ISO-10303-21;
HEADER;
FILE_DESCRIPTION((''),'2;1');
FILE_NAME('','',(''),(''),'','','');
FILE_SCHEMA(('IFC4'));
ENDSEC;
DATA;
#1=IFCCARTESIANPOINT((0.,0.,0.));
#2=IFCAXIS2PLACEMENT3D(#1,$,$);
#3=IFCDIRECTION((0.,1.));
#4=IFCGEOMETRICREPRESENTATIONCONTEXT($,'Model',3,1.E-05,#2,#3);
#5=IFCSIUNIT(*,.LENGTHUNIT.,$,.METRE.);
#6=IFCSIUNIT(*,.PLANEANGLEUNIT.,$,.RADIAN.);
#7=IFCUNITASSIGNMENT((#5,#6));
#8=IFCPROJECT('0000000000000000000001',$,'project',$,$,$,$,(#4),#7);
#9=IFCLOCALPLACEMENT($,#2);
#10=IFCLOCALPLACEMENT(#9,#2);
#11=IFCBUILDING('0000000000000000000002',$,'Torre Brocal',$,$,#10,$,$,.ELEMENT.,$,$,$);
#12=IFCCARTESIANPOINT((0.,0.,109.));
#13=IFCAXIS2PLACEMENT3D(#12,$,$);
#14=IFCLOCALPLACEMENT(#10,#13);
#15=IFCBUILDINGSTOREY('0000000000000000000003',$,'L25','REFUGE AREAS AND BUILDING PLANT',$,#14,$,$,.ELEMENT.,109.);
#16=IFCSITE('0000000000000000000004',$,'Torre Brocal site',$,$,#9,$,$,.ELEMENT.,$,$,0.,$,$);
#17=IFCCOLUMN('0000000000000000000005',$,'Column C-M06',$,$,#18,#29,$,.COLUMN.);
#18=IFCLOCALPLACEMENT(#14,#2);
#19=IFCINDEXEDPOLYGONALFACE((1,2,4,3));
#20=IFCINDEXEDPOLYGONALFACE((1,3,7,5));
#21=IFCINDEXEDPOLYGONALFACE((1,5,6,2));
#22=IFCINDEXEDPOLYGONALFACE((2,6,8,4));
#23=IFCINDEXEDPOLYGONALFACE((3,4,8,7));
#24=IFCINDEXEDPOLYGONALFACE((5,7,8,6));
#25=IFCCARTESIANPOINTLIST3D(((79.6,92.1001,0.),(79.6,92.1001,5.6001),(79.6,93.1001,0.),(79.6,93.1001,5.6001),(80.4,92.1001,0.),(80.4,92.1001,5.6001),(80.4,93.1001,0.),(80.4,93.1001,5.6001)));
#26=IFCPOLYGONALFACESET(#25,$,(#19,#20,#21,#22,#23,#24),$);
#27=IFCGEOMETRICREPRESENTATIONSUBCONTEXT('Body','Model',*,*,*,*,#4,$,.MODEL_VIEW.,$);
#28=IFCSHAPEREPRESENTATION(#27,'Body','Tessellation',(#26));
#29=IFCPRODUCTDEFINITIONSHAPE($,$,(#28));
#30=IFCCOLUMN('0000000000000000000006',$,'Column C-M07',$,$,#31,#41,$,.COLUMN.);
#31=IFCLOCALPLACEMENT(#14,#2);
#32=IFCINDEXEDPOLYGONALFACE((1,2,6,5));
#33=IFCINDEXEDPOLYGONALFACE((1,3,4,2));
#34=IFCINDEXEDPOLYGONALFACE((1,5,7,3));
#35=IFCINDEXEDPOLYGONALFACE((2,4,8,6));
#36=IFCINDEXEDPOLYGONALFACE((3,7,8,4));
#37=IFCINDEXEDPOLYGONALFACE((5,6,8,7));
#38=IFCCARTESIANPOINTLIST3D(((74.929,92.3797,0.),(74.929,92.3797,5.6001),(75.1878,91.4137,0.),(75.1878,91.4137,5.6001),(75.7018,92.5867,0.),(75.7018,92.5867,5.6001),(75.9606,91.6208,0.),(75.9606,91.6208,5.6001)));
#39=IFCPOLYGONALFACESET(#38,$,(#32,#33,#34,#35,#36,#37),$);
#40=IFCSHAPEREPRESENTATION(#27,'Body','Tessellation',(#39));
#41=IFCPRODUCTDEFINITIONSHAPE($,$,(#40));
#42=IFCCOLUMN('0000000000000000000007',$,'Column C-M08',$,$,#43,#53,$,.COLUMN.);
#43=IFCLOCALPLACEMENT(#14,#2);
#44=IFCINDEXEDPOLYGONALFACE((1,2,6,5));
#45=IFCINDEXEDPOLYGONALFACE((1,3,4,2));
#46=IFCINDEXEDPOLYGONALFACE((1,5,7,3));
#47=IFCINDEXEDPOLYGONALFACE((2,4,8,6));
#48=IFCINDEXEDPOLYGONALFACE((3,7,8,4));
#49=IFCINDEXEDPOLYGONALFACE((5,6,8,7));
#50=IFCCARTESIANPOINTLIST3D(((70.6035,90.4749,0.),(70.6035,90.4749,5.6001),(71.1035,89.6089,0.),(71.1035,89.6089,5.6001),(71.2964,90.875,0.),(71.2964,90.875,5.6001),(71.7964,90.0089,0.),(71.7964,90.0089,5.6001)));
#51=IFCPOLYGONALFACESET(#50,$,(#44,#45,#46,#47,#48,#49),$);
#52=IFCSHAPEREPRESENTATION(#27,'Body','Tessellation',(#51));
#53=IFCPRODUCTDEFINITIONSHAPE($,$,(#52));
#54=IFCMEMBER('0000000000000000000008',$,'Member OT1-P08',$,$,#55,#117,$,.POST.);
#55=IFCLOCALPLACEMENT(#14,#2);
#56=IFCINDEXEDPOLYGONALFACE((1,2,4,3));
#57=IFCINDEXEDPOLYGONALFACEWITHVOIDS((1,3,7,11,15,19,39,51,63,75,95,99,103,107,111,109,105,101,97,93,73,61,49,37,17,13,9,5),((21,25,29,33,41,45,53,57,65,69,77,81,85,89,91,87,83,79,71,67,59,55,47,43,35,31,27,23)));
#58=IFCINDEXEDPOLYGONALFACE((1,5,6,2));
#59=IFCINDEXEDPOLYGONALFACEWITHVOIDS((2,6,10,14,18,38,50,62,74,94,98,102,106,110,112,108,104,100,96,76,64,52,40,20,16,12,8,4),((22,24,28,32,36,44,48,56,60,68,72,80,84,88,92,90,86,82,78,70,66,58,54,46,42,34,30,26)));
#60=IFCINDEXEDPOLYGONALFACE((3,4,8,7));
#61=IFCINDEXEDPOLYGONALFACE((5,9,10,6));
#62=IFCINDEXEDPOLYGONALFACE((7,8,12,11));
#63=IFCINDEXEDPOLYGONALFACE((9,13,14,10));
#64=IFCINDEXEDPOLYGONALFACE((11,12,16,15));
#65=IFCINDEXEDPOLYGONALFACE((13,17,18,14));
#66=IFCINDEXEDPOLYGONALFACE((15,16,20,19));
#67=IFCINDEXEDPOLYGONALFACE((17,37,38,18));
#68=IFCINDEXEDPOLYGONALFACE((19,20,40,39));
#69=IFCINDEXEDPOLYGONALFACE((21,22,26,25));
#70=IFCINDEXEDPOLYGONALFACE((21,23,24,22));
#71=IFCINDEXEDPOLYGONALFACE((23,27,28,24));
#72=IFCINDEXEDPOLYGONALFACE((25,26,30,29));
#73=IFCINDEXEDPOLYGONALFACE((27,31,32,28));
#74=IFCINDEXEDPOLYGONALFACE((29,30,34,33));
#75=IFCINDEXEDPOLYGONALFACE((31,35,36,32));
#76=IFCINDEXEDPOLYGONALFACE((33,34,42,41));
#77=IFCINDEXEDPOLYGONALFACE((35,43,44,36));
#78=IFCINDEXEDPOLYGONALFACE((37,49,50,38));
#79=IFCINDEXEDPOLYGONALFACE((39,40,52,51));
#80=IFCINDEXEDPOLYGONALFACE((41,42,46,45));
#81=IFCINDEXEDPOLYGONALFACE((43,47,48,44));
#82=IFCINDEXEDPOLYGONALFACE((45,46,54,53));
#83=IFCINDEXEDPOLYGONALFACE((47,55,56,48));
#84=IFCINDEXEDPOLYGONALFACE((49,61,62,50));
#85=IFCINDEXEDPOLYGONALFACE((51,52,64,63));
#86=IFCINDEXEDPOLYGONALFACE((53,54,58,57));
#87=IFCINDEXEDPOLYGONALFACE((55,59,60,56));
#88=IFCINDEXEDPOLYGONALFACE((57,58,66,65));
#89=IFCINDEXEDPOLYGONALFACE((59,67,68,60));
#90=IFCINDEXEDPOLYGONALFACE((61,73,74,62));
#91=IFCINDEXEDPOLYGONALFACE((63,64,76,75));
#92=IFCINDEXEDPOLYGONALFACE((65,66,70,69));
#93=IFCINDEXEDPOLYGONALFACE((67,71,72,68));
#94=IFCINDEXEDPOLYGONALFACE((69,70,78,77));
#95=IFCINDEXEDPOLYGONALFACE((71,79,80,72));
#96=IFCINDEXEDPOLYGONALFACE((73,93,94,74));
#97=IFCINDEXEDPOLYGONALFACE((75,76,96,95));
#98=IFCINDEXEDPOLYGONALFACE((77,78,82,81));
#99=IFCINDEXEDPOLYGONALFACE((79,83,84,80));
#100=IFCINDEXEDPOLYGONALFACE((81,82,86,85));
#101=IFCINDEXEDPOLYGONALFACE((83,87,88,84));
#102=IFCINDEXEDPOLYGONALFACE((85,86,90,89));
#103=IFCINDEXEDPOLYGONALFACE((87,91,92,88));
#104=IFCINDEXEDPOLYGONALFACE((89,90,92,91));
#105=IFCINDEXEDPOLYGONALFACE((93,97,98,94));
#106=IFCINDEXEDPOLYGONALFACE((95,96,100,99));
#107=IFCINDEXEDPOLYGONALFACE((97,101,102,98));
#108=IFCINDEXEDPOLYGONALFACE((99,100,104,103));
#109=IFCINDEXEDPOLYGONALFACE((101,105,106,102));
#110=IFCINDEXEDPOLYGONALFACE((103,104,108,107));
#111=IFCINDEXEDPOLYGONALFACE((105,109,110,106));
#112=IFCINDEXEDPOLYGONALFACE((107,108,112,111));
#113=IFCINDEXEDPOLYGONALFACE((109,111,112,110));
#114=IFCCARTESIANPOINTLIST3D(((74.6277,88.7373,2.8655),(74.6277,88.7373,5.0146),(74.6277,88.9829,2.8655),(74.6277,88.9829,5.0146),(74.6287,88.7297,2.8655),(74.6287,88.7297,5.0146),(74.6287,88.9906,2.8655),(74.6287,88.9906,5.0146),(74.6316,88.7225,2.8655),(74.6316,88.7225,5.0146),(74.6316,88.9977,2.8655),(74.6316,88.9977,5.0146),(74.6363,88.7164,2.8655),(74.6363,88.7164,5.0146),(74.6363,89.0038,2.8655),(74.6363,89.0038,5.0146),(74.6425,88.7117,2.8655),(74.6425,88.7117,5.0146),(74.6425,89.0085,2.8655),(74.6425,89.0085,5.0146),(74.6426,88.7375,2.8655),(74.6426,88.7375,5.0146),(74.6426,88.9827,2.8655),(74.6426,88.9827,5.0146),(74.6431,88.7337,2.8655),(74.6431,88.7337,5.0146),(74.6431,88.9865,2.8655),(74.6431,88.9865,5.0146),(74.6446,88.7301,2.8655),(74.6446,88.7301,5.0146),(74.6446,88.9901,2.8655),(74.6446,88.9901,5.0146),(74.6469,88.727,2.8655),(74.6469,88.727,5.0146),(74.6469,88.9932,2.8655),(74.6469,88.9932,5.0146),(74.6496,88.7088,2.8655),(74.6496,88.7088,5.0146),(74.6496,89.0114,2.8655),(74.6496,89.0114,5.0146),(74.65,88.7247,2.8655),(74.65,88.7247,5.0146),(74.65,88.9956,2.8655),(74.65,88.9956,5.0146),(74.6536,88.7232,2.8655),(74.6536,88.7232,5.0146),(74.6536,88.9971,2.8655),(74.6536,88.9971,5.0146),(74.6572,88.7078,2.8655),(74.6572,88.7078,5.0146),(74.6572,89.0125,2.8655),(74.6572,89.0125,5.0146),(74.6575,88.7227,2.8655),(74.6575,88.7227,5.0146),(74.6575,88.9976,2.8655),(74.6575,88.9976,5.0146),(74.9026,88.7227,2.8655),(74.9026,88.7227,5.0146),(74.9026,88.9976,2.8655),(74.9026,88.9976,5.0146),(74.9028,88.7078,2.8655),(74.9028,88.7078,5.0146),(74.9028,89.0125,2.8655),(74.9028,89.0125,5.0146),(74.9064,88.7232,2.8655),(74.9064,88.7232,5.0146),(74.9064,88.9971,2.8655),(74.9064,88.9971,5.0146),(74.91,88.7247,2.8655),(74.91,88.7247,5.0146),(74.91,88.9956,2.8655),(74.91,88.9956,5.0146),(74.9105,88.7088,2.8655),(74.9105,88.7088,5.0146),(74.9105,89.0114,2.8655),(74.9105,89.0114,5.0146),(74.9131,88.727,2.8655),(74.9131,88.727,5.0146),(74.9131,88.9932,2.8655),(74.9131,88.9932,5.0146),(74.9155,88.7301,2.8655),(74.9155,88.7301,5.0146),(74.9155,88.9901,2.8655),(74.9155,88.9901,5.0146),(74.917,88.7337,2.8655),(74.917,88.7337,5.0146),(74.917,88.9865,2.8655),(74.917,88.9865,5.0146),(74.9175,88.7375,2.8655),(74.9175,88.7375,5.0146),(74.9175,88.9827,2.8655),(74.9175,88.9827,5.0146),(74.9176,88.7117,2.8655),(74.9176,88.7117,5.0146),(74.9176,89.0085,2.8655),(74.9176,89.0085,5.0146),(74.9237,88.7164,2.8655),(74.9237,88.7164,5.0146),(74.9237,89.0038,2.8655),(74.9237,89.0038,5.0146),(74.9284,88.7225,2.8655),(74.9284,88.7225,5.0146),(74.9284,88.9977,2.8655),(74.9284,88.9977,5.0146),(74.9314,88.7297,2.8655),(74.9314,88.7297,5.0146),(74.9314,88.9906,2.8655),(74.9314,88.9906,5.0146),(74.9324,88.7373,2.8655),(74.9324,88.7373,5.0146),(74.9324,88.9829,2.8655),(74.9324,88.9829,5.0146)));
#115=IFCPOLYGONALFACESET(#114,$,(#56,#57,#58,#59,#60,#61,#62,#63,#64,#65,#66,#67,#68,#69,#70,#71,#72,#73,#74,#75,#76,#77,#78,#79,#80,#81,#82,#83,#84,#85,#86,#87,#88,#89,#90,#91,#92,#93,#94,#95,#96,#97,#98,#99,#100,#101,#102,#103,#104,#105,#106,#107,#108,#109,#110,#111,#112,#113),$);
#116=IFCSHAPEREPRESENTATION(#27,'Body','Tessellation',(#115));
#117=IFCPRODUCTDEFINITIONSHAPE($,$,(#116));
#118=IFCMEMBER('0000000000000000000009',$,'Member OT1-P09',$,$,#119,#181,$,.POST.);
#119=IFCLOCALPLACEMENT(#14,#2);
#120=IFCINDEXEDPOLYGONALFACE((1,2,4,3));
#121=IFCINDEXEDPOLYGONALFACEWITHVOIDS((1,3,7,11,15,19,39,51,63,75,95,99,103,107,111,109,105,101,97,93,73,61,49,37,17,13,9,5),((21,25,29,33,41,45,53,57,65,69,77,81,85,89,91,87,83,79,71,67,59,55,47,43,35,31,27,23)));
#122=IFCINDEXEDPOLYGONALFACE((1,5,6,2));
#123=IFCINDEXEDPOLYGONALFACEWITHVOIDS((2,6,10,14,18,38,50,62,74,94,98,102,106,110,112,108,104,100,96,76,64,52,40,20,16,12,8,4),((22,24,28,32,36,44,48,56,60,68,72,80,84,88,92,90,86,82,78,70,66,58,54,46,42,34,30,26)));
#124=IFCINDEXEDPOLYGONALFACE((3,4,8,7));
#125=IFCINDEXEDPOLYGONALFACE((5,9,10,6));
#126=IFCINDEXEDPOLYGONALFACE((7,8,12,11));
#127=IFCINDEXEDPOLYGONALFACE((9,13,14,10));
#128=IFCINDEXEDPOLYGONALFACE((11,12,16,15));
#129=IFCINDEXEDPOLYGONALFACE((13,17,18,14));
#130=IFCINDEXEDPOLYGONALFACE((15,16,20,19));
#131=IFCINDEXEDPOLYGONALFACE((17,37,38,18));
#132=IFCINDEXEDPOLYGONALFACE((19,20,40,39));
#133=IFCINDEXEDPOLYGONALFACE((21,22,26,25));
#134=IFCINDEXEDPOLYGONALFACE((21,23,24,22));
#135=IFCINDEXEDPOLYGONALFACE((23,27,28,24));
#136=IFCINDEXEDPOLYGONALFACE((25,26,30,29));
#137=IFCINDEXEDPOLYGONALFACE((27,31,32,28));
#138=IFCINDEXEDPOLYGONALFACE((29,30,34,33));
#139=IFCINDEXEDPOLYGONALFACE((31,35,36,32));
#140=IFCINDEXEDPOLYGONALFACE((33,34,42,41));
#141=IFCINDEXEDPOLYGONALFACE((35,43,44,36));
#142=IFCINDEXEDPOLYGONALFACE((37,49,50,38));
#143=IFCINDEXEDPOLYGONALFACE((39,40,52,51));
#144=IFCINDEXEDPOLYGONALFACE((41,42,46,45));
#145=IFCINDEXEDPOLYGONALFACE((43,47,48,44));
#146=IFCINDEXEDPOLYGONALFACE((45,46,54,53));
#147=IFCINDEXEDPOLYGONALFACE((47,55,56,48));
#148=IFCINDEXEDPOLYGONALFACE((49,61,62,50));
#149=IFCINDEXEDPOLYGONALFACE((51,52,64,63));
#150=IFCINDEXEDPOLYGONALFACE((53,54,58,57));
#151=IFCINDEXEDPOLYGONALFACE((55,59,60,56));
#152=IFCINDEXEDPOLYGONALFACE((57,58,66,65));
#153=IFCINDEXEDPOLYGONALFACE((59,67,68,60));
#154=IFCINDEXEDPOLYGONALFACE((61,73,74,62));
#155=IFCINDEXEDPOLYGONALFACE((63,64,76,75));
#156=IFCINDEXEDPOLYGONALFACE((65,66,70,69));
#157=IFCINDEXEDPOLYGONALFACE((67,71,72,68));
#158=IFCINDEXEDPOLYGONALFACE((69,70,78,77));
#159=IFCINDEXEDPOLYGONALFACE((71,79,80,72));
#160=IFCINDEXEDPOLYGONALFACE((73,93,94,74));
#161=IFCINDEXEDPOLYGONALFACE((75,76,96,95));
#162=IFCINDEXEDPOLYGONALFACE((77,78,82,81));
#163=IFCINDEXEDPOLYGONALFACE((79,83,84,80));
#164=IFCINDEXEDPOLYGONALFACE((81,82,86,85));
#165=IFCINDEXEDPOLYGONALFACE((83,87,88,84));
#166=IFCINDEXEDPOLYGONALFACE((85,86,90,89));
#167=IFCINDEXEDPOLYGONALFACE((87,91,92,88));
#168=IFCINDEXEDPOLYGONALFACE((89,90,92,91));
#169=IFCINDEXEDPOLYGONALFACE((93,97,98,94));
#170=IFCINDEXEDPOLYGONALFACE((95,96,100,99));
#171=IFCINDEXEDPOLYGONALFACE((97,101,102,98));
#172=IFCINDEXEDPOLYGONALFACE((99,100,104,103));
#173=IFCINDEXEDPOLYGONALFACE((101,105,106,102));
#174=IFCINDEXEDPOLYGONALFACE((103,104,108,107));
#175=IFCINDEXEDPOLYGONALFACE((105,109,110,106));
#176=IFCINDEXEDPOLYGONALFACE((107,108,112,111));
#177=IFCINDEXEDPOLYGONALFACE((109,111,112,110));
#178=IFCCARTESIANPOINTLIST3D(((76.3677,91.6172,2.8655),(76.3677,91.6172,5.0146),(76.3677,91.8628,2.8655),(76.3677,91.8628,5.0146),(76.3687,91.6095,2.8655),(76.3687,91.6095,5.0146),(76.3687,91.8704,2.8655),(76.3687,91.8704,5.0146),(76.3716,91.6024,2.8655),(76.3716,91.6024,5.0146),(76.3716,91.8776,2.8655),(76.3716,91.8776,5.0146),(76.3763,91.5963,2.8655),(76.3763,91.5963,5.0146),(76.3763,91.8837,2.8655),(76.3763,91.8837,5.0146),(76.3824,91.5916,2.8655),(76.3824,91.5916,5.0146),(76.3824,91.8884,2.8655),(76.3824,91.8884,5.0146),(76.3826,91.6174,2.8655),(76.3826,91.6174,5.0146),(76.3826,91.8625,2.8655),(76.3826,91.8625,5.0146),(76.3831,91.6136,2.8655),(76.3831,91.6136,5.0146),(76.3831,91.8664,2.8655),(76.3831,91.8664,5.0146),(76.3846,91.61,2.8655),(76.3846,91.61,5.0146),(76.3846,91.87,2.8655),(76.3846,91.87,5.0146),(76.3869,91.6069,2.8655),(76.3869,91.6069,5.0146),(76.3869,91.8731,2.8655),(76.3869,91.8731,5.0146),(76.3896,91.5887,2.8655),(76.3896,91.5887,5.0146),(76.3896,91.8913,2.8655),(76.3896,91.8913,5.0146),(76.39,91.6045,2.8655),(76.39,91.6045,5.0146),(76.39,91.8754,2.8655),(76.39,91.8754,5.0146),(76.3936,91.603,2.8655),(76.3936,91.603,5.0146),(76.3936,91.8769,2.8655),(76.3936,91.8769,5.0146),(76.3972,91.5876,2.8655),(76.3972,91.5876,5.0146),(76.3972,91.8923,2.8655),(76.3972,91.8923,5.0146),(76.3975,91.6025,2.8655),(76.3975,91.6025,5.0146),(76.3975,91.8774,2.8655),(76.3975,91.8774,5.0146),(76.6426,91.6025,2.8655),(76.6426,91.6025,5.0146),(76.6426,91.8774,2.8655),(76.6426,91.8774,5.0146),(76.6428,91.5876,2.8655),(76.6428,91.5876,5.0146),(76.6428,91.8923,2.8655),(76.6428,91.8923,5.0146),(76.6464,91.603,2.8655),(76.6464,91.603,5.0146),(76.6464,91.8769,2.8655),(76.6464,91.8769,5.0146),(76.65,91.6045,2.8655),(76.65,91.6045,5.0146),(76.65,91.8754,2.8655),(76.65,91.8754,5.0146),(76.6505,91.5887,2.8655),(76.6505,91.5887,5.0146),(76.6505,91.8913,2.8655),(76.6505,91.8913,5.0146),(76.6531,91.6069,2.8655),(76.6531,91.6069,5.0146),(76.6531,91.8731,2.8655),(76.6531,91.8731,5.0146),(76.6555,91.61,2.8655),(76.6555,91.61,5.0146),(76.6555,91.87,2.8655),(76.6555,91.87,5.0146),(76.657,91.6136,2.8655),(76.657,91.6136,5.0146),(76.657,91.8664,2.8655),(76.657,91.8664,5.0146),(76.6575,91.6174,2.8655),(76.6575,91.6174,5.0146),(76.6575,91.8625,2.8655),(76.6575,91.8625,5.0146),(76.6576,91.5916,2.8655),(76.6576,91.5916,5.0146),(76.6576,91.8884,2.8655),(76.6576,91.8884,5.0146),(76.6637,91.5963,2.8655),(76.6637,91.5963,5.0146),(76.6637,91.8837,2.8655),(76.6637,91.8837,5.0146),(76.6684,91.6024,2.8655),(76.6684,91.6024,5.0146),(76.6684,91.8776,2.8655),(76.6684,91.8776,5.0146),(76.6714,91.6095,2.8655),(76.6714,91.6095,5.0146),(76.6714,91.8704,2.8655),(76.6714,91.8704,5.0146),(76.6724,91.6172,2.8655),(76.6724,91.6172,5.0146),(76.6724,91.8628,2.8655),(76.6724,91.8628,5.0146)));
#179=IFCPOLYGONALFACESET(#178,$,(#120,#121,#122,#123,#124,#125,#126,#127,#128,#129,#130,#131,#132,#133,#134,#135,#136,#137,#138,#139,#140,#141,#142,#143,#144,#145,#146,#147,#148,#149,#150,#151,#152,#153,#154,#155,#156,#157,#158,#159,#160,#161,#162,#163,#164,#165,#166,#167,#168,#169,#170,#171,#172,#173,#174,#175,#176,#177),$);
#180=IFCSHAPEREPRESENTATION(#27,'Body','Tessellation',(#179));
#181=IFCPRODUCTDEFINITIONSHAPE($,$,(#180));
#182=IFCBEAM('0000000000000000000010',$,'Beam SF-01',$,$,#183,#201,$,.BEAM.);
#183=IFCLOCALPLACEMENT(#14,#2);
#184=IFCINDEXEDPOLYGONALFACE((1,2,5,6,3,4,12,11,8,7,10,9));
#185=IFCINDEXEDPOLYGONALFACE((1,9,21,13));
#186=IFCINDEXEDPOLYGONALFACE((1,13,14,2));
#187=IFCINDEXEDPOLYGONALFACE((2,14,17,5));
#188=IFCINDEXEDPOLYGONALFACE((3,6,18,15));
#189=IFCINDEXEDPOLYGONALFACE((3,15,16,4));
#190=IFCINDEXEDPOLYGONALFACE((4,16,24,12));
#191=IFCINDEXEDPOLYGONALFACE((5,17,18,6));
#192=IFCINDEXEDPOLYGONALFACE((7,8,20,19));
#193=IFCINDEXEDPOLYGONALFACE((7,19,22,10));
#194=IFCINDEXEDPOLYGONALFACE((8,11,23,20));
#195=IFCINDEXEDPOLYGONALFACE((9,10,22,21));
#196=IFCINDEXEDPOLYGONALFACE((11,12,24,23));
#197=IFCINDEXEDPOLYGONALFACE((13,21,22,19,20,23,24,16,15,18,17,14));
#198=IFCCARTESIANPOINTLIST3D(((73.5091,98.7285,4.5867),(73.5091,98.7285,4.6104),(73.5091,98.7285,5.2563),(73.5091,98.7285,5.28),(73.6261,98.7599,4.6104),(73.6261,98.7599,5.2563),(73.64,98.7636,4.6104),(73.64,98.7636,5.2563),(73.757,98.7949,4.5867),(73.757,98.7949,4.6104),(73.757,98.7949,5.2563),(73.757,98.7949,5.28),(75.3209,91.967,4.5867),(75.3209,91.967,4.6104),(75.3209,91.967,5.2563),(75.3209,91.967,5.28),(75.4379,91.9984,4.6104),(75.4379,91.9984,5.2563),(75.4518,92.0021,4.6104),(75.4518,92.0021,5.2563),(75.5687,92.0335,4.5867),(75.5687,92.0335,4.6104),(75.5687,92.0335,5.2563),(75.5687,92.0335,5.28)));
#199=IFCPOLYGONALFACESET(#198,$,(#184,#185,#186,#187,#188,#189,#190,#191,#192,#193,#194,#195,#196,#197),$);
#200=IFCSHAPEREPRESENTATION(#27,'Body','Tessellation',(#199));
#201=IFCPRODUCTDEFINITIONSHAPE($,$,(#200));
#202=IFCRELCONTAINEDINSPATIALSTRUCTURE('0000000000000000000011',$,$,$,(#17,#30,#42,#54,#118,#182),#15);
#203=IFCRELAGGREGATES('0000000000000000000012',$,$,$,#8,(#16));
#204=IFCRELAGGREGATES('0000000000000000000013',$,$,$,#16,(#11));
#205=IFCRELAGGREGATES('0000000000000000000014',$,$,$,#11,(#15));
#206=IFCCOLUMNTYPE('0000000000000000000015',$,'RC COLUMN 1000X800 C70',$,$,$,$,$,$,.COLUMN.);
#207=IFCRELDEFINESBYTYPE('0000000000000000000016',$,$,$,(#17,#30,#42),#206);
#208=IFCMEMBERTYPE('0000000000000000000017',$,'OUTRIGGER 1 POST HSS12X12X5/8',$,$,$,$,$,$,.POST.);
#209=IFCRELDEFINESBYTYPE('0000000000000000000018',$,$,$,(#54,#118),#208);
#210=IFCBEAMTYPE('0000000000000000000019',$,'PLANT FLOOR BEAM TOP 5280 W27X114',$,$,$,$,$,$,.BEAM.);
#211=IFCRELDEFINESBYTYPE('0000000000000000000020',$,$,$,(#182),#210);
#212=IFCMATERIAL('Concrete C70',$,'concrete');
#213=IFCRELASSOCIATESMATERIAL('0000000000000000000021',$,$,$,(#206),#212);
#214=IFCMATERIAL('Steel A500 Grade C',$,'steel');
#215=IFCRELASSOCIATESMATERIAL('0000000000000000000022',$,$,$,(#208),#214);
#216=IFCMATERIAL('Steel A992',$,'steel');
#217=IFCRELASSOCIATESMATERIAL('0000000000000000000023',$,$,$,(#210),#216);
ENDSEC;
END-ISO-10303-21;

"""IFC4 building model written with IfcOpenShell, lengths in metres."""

from ifc_helpers import new_model, si_unit, direction, frame, origin, origin_2d, place, context, subcontext, project, spatial, rectangle, hollow_rectangle, i_section, extrude, material, material_profile, profile_set, type_object, element, save


model = new_model("IFC4")

# Units and contexts
model_context = context("Model", 3, precision=1e-05, world=origin(), true_north=direction((0.0, 1.0)))
body_context = subcontext(model_context, "Body", "Model", "MODEL_VIEW")
ifc_project = project(units=[si_unit("LENGTHUNIT", "METRE"), si_unit("PLANEANGLEUNIT", "RADIAN")], contexts=[model_context])

# Site, building, storey
site_placement = place(None, origin())
site = spatial("IfcSite", under=ifc_project, at=site_placement, Name="Torre Brocal site", CompositionType="ELEMENT", RefElevation=0.0)
building_placement = place(site_placement, origin())
building = spatial("IfcBuilding", under=site, at=building_placement, Name="Torre Brocal", CompositionType="ELEMENT")
storey_placement = place(building_placement, frame((0.0, 0.0, 109.0)))
storey = spatial("IfcBuildingStorey", under=building, at=storey_placement, Name="L25", Description="REFUGE AREAS AND BUILDING PLANT", CompositionType="ELEMENT", Elevation=109.0)

# Columns
ifc_material_1 = material(Name="Concrete C70", Category="concrete")
ifc_material_profile_1 = material_profile(ifc_material_1, rectangle(XDim=1.0, YDim=0.8, at=origin_2d()), Name="RC 1000X800")
ifc_profile_set_1 = profile_set([ifc_material_profile_1], Name="Concrete C70")
column_type = type_object("IfcColumnType", Name="RC COLUMN 1000X800 C70", PredefinedType="COLUMN", material=ifc_profile_set_1)
for number, where, z_axis, x_axis, name in (
    (1, (80.0, 92.6001, 0.0), (0.0, 0.0, 1.0), (0.0, 1.0, 0.0), "Column C-M06"),
    (2, (75.4448, 92.0002, 0.0), (0.0, 0.0, 1.0), (-0.258819, 0.965926, 0.0), "Column C-M07"),
    (3, (71.2, 90.2419, 0.0), (0.0, 0.0, 1.0), (-0.5, 0.866025, 0.0), "Column C-M08"),
):
    element("IfcColumn", number, at=place(storey_placement, frame(where, z_axis=z_axis, x_axis=x_axis)), inside=storey, type_object=column_type, Name=name, PredefinedType="COLUMN", context=body_context, shape_type="SweptSolid", body=[
        extrude(rectangle(XDim=1.0, YDim=0.8, at=origin_2d()), origin(), (0.0, 0.0, 1.0), 5.6001),
    ])

# Members
ifc_material_2 = material(Name="Steel A500 Grade C", Category="steel")
ifc_material_profile_2 = material_profile(ifc_material_2, hollow_rectangle(XDim=0.3047, YDim=0.3047, WallThickness=0.0149, InnerFilletRadius=0.0149, OuterFilletRadius=0.0295, at=origin_2d()), Name="HSS12X12X5/8")
ifc_profile_set_2 = profile_set([ifc_material_profile_2], Name="Steel A500 Grade C")
member_type_1 = type_object("IfcMemberType", Name="OUTRIGGER 1 POST HSS12X12X5/8", PredefinedType="POST", material=ifc_profile_set_2)
for number, where, z_axis, x_axis, name in (
    (4, (74.78, 88.8601, 2.8655), (0.0, 0.0, 1.0), (1.0, 0.0, 0.0), "Member OT1-P08"),
    (5, (76.52, 91.74, 2.8655), (0.0, 0.0, 1.0), (1.0, 0.0, 0.0), "Member OT1-P09"),
):
    element("IfcMember", number, at=place(storey_placement, frame(where, z_axis=z_axis, x_axis=x_axis)), inside=storey, type_object=member_type_1, Name=name, PredefinedType="POST", context=body_context, shape_type="SweptSolid", body=[
        extrude(hollow_rectangle(XDim=0.3047, YDim=0.3047, WallThickness=0.0149, InnerFilletRadius=0.0149, OuterFilletRadius=0.0295, at=origin_2d()), origin(), (0.0, 0.0, 1.0), 2.1492),
    ])

# Beam
ifc_material_3 = material(Name="Steel A992", Category="steel")
ifc_material_profile_3 = material_profile(ifc_material_3, i_section(OverallWidth=0.2566, OverallDepth=0.6934, WebThickness=0.0144, FlangeThickness=0.0237, at=origin_2d()), Name="W27X114")
ifc_profile_set_3 = profile_set([ifc_material_profile_3], Name="Steel A992")
beam_type_1 = type_object("IfcBeamType", Name="PLANT FLOOR BEAM TOP 5280 W27X114", PredefinedType="BEAM", material=ifc_profile_set_3)
for number, where, z_axis, x_axis, name in (
    (6, (75.4448, 92.0002, 4.9333), (-0.258824, 0.965925, 0.0), (-0.965925, -0.258824, 0.0), "Beam SF-01"),
):
    element("IfcBeam", number, at=place(storey_placement, frame(where, z_axis=z_axis, x_axis=x_axis)), inside=storey, type_object=beam_type_1, Name=name, PredefinedType="BEAM", context=body_context, shape_type="SweptSolid", body=[
        extrude(i_section(OverallWidth=0.2566, OverallDepth=0.6934, WebThickness=0.0144, FlangeThickness=0.0237, at=origin_2d()), origin(), (0.0, 0.0, 1.0), 7.0),
    ])

save(model, "model.ifc")
